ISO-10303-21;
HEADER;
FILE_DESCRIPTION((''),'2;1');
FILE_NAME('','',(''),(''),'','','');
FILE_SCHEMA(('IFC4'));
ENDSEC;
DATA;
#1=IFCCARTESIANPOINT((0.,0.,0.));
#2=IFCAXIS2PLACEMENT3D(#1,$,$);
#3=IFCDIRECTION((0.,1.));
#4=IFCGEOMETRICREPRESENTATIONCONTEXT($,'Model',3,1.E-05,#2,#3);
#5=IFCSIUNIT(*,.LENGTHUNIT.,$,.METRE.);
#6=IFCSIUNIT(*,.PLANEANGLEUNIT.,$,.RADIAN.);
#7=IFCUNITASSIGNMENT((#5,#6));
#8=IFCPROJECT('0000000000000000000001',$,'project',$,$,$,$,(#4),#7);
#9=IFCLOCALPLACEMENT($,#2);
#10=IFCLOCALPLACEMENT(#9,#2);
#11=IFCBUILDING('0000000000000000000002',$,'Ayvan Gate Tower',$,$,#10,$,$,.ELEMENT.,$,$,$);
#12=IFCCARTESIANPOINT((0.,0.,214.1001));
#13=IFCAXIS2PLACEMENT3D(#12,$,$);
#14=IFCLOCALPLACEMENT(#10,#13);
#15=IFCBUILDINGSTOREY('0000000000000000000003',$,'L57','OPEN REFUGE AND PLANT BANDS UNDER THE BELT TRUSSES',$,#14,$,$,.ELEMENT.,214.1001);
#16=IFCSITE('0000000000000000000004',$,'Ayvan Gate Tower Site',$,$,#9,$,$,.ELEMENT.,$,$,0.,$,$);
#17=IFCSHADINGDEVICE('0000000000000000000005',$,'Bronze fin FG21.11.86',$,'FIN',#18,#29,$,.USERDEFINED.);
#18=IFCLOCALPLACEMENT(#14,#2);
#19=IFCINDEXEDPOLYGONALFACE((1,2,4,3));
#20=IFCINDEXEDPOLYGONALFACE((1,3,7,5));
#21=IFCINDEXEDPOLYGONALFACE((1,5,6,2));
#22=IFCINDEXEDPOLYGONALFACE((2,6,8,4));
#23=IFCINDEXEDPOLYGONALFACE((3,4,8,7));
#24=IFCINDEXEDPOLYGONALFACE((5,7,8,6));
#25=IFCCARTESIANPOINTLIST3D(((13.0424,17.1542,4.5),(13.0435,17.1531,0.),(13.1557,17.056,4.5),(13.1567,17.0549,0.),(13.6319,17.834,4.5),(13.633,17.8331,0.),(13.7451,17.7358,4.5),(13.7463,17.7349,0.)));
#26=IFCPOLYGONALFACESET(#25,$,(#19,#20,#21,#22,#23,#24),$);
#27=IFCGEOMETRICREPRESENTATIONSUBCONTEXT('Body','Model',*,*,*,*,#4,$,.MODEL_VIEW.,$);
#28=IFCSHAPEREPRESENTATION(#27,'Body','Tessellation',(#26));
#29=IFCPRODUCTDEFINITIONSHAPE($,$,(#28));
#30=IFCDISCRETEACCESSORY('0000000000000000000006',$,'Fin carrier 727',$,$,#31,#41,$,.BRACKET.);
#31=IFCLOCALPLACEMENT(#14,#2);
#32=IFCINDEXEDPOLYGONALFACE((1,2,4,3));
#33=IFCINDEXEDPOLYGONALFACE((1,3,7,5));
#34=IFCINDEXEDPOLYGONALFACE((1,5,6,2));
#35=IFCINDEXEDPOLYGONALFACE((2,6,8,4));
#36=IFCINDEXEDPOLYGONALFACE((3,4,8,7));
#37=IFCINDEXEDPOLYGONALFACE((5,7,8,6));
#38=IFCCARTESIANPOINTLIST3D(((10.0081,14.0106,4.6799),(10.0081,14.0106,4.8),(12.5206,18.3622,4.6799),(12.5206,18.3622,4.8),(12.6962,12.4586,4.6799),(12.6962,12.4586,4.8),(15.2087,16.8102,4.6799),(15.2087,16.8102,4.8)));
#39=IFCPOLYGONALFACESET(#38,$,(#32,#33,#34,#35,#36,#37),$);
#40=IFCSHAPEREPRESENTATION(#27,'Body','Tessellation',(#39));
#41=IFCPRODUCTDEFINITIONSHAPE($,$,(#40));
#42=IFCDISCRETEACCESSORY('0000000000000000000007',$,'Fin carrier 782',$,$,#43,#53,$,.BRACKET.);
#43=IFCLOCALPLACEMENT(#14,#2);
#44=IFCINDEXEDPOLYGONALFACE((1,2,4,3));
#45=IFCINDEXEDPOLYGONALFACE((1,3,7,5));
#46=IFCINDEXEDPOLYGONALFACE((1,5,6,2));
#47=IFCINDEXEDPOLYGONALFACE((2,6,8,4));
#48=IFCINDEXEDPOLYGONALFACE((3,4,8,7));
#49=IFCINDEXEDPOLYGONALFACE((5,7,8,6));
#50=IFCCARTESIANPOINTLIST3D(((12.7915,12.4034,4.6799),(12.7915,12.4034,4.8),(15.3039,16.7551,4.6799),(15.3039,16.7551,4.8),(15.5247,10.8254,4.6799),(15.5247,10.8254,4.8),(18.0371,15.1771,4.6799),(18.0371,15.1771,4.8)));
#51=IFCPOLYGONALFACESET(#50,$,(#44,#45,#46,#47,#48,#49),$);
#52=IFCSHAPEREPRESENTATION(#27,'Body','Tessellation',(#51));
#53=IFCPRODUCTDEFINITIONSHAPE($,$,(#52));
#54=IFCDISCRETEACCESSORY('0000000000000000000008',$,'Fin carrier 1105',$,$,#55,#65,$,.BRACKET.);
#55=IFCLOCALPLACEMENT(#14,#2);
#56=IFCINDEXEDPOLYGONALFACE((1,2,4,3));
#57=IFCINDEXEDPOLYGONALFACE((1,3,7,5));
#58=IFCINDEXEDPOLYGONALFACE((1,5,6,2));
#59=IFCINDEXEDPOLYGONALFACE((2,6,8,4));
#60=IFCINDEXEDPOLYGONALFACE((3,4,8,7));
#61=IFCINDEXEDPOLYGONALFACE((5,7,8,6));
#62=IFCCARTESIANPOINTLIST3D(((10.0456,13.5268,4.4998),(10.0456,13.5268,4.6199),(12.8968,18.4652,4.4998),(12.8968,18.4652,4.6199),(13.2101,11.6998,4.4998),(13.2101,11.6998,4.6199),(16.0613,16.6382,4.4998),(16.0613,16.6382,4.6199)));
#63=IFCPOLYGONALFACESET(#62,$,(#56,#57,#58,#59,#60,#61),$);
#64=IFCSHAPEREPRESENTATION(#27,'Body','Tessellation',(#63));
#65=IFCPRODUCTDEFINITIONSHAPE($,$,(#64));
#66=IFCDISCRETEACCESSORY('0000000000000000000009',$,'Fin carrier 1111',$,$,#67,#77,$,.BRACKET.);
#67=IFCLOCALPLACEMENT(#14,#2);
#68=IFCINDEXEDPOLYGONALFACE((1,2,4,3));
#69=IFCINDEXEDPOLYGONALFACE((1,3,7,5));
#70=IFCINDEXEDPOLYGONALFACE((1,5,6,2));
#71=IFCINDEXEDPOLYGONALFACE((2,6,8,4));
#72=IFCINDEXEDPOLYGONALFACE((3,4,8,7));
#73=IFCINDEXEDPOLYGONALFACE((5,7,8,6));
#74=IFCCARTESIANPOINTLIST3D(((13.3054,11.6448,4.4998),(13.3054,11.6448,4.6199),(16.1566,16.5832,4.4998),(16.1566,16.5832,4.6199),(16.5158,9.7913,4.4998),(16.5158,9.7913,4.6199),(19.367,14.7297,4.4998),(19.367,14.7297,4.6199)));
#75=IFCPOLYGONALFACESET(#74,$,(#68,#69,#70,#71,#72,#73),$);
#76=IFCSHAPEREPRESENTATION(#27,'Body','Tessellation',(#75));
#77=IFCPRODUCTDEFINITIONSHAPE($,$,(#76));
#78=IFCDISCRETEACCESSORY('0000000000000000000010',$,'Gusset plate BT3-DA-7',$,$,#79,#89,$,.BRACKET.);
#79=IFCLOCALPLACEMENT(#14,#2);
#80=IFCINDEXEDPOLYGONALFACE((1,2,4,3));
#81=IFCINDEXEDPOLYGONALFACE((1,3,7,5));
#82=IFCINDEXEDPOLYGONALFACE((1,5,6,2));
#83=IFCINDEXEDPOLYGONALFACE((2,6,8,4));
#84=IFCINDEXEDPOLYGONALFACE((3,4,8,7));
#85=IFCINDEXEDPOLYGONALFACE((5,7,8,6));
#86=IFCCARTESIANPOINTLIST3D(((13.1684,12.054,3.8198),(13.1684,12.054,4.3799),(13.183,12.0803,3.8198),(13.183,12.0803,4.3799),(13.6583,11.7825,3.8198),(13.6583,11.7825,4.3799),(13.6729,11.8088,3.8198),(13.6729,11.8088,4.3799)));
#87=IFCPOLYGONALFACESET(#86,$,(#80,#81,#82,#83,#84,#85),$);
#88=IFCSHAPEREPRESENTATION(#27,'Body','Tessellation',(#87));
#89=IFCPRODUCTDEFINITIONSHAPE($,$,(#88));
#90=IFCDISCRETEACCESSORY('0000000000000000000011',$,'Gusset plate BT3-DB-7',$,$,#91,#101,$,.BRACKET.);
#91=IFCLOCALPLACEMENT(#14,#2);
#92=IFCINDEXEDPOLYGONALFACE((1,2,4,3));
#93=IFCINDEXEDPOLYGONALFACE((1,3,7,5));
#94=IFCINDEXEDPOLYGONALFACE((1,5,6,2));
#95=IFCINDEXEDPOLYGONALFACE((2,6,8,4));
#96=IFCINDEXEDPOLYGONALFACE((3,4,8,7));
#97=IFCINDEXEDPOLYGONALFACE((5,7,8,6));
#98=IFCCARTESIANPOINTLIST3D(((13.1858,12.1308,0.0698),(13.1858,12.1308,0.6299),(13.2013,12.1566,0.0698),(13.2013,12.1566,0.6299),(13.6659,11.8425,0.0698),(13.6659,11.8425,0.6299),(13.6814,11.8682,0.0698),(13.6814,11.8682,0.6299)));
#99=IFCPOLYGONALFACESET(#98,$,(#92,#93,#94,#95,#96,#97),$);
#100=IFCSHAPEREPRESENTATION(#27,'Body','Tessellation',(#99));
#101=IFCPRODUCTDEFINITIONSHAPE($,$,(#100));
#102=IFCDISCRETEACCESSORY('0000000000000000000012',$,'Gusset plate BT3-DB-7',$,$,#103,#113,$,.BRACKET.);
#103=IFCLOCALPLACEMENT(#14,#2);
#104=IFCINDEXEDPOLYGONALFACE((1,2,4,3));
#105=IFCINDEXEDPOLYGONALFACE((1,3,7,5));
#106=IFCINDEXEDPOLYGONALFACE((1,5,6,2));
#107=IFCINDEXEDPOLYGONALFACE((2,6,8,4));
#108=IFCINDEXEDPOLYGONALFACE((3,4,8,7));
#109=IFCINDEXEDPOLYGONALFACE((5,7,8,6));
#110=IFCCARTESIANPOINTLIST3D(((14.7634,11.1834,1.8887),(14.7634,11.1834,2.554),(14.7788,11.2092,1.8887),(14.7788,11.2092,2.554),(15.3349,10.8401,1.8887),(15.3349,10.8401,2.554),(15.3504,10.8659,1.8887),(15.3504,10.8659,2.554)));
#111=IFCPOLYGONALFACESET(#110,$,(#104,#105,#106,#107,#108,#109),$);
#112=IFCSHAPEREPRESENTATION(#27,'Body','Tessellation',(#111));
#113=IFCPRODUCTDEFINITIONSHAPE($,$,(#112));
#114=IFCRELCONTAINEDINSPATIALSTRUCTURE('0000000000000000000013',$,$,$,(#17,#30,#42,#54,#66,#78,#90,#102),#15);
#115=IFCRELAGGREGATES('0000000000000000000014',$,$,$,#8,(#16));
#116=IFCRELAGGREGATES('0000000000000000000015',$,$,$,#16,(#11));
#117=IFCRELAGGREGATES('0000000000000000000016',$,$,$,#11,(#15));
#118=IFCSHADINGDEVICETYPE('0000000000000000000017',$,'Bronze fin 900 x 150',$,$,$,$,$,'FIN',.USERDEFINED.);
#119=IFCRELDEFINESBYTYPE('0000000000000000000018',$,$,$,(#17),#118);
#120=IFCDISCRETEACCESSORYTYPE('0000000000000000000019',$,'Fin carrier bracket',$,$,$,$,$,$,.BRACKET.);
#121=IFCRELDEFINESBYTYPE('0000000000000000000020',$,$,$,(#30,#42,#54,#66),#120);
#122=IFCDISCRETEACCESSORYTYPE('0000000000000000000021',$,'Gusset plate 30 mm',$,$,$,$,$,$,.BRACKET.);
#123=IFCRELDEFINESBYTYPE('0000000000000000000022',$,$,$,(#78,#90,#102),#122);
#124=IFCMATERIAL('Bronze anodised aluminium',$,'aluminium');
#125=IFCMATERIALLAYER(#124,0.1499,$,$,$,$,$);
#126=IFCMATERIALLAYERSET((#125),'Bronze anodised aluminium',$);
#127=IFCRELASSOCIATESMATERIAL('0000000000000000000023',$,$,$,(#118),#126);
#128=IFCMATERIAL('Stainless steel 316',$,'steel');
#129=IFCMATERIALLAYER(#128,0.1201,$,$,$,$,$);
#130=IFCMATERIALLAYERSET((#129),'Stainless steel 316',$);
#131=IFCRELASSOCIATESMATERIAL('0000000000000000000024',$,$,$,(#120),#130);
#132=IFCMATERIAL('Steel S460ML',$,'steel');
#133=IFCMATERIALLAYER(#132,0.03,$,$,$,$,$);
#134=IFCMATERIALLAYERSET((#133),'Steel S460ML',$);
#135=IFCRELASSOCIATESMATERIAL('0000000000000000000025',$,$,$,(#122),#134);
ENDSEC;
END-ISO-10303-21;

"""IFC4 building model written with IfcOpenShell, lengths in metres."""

from ifc_helpers import new_model, si_unit, direction, frame, origin, origin_2d, place, context, subcontext, project, spatial, polyline, rectangle, outline, extrude, material, layer, layer_set, type_object, element, save


model = new_model("IFC4")

# Units and contexts
model_context = context("Model", 3, precision=1e-05, world=origin(), true_north=direction((0.0, 1.0)))
body_context = subcontext(model_context, "Body", "Model", "MODEL_VIEW")
ifc_project = project(units=[si_unit("LENGTHUNIT", "METRE"), si_unit("PLANEANGLEUNIT", "RADIAN")], contexts=[model_context])

# Site, building, storey
site_placement = place(None, origin())
site = spatial("IfcSite", under=ifc_project, at=site_placement, Name="Ayvan Gate Tower Site", CompositionType="ELEMENT", RefElevation=0.0)
building_placement = place(site_placement, origin())
building = spatial("IfcBuilding", under=site, at=building_placement, Name="Ayvan Gate Tower", CompositionType="ELEMENT")
storey_placement = place(building_placement, frame((0.0, 0.0, 214.1001)))
storey = spatial("IfcBuildingStorey", under=building, at=storey_placement, Name="L57", Description="OPEN REFUGE AND PLANT BANDS UNDER THE BELT TRUSSES", CompositionType="ELEMENT", Elevation=214.1001)

# Shared definitions
ifc_material_1 = material(Name="Steel S460ML", Category="steel")

# Shading device
ifc_material_2 = material(Name="Bronze anodised aluminium", Category="aluminium")
ifc_layer_1 = layer(ifc_material_2, 0.1499)
ifc_layer_set_1 = layer_set([ifc_layer_1], Name="Bronze anodised aluminium")
shading_device_type = type_object("IfcShadingDeviceType", Name="Bronze fin 900 x 150", ElementType="FIN", PredefinedType="USERDEFINED", material=ifc_layer_set_1)
shading_device_1_placement = place(storey_placement, frame((13.1567, 17.0549, 0.0), z_axis=(0.755577, -0.65506, 0.000327), x_axis=(0.65506, 0.755577, 0.0)))
element("IfcShadingDevice", 1, at=shading_device_1_placement, inside=storey, type_object=shading_device_type, Name="Bronze fin FG21.11.86", ObjectType="FIN", PredefinedType="USERDEFINED", context=body_context, shape_type="SweptSolid", body=[
    extrude(outline(polyline([(0.0, 0.0), (0.9, 0.0), (0.8999, 4.5), (0.0001, 4.5), (0.0, 0.0)])), origin(), (0.0, 0.0, -1.0), 0.1499),
])

# Discrete accessories
ifc_material_3 = material(Name="Stainless steel 316", Category="steel")
ifc_layer_2 = layer(ifc_material_3, 0.1201)
ifc_layer_set_2 = layer_set([ifc_layer_2], Name="Stainless steel 316")
discrete_accessory_type_1 = type_object("IfcDiscreteAccessoryType", Name="Fin carrier bracket", PredefinedType="BRACKET", material=ifc_layer_set_2)
discrete_accessory_1_placement = place(storey_placement, frame((12.6084, 15.4104, 4.6799), z_axis=(0.0, 0.0, 1.0), x_axis=(-0.866025, 0.5, 0.0)))
element("IfcDiscreteAccessory", 2, at=discrete_accessory_1_placement, inside=storey, type_object=discrete_accessory_type_1, Name="Fin carrier 727", PredefinedType="BRACKET", context=body_context, shape_type="SweptSolid", body=[
    extrude(rectangle(XDim=3.104, YDim=5.0249, at=origin_2d()), origin(), (0.0, 0.0, 1.0), 0.1201),
])
discrete_accessory_2_placement = place(storey_placement, frame((15.4143, 13.7903, 4.6799), z_axis=(0.0, 0.0, 1.0), x_axis=(-0.866025, 0.5, 0.0)))
element("IfcDiscreteAccessory", 3, at=discrete_accessory_2_placement, inside=storey, type_object=discrete_accessory_type_1, Name="Fin carrier 782", PredefinedType="BRACKET", context=body_context, shape_type="SweptSolid", body=[
    extrude(rectangle(XDim=3.156, YDim=5.0249, at=origin_2d()), origin(), (0.0, 0.0, 1.0), 0.1201),
])
discrete_accessory_3_placement = place(storey_placement, frame((13.0535, 15.0825, 4.4998), z_axis=(0.0, 0.0, 1.0), x_axis=(-0.866025, 0.5, 0.0)))
element("IfcDiscreteAccessory", 4, at=discrete_accessory_3_placement, inside=storey, type_object=discrete_accessory_type_1, Name="Fin carrier 1105", PredefinedType="BRACKET", context=body_context, shape_type="SweptSolid", body=[
    extrude(rectangle(XDim=3.6541, YDim=5.7024, at=origin_2d()), origin(), (0.0, 0.0, 1.0), 0.1201),
])
discrete_accessory_4_placement = place(storey_placement, frame((16.3362, 13.1873, 4.4998), z_axis=(0.0, 0.0, 1.0), x_axis=(-0.866025, 0.5, 0.0)))
element("IfcDiscreteAccessory", 5, at=discrete_accessory_4_placement, inside=storey, type_object=discrete_accessory_type_1, Name="Fin carrier 1111", PredefinedType="BRACKET", context=body_context, shape_type="SweptSolid", body=[
    extrude(rectangle(XDim=3.707, YDim=5.7024, at=origin_2d()), origin(), (0.0, 0.0, 1.0), 0.1201),
])
ifc_layer_3 = layer(ifc_material_1, 0.03)
ifc_layer_set_3 = layer_set([ifc_layer_3], Name="Steel S460ML")
discrete_accessory_type_2 = type_object("IfcDiscreteAccessoryType", Name="Gusset plate 30 mm", PredefinedType="BRACKET", material=ifc_layer_set_3)
for number, where, z_axis, x_axis, name in (
    (6, (13.4207, 11.9314, 3.8198), (0.0, 0.0, 1.0), (-0.874657, 0.484742, 0.0), "Gusset plate BT3-DA-7"),
    (7, (13.4336, 11.9995, 0.0698), (0.0, 0.0, 1.0), (-0.857272, 0.514865, 0.0), "Gusset plate BT3-DB-7"),
):
    element("IfcDiscreteAccessory", number, at=place(storey_placement, frame(where, z_axis=z_axis, x_axis=x_axis)), inside=storey, type_object=discrete_accessory_type_2, Name=name, PredefinedType="BRACKET", context=body_context, shape_type="SweptSolid", body=[
        extrude(rectangle(XDim=0.5601, YDim=0.03, at=origin_2d()), origin(), (0.0, 0.0, 1.0), 0.5601),
    ])
discrete_accessory_5_placement = place(storey_placement, frame((15.0569, 11.0247, 1.8887), z_axis=(0.0, 0.0, 1.0), x_axis=(-0.857272, 0.514865, 0.0)))
element("IfcDiscreteAccessory", 8, at=discrete_accessory_5_placement, inside=storey, type_object=discrete_accessory_type_2, Name="Gusset plate BT3-DB-7", PredefinedType="BRACKET", context=body_context, shape_type="SweptSolid", body=[
    extrude(rectangle(XDim=0.6667, YDim=0.03, at=origin_2d()), origin(), (0.0, 0.0, 1.0), 0.6653),
])

save(model, "model.ifc")
